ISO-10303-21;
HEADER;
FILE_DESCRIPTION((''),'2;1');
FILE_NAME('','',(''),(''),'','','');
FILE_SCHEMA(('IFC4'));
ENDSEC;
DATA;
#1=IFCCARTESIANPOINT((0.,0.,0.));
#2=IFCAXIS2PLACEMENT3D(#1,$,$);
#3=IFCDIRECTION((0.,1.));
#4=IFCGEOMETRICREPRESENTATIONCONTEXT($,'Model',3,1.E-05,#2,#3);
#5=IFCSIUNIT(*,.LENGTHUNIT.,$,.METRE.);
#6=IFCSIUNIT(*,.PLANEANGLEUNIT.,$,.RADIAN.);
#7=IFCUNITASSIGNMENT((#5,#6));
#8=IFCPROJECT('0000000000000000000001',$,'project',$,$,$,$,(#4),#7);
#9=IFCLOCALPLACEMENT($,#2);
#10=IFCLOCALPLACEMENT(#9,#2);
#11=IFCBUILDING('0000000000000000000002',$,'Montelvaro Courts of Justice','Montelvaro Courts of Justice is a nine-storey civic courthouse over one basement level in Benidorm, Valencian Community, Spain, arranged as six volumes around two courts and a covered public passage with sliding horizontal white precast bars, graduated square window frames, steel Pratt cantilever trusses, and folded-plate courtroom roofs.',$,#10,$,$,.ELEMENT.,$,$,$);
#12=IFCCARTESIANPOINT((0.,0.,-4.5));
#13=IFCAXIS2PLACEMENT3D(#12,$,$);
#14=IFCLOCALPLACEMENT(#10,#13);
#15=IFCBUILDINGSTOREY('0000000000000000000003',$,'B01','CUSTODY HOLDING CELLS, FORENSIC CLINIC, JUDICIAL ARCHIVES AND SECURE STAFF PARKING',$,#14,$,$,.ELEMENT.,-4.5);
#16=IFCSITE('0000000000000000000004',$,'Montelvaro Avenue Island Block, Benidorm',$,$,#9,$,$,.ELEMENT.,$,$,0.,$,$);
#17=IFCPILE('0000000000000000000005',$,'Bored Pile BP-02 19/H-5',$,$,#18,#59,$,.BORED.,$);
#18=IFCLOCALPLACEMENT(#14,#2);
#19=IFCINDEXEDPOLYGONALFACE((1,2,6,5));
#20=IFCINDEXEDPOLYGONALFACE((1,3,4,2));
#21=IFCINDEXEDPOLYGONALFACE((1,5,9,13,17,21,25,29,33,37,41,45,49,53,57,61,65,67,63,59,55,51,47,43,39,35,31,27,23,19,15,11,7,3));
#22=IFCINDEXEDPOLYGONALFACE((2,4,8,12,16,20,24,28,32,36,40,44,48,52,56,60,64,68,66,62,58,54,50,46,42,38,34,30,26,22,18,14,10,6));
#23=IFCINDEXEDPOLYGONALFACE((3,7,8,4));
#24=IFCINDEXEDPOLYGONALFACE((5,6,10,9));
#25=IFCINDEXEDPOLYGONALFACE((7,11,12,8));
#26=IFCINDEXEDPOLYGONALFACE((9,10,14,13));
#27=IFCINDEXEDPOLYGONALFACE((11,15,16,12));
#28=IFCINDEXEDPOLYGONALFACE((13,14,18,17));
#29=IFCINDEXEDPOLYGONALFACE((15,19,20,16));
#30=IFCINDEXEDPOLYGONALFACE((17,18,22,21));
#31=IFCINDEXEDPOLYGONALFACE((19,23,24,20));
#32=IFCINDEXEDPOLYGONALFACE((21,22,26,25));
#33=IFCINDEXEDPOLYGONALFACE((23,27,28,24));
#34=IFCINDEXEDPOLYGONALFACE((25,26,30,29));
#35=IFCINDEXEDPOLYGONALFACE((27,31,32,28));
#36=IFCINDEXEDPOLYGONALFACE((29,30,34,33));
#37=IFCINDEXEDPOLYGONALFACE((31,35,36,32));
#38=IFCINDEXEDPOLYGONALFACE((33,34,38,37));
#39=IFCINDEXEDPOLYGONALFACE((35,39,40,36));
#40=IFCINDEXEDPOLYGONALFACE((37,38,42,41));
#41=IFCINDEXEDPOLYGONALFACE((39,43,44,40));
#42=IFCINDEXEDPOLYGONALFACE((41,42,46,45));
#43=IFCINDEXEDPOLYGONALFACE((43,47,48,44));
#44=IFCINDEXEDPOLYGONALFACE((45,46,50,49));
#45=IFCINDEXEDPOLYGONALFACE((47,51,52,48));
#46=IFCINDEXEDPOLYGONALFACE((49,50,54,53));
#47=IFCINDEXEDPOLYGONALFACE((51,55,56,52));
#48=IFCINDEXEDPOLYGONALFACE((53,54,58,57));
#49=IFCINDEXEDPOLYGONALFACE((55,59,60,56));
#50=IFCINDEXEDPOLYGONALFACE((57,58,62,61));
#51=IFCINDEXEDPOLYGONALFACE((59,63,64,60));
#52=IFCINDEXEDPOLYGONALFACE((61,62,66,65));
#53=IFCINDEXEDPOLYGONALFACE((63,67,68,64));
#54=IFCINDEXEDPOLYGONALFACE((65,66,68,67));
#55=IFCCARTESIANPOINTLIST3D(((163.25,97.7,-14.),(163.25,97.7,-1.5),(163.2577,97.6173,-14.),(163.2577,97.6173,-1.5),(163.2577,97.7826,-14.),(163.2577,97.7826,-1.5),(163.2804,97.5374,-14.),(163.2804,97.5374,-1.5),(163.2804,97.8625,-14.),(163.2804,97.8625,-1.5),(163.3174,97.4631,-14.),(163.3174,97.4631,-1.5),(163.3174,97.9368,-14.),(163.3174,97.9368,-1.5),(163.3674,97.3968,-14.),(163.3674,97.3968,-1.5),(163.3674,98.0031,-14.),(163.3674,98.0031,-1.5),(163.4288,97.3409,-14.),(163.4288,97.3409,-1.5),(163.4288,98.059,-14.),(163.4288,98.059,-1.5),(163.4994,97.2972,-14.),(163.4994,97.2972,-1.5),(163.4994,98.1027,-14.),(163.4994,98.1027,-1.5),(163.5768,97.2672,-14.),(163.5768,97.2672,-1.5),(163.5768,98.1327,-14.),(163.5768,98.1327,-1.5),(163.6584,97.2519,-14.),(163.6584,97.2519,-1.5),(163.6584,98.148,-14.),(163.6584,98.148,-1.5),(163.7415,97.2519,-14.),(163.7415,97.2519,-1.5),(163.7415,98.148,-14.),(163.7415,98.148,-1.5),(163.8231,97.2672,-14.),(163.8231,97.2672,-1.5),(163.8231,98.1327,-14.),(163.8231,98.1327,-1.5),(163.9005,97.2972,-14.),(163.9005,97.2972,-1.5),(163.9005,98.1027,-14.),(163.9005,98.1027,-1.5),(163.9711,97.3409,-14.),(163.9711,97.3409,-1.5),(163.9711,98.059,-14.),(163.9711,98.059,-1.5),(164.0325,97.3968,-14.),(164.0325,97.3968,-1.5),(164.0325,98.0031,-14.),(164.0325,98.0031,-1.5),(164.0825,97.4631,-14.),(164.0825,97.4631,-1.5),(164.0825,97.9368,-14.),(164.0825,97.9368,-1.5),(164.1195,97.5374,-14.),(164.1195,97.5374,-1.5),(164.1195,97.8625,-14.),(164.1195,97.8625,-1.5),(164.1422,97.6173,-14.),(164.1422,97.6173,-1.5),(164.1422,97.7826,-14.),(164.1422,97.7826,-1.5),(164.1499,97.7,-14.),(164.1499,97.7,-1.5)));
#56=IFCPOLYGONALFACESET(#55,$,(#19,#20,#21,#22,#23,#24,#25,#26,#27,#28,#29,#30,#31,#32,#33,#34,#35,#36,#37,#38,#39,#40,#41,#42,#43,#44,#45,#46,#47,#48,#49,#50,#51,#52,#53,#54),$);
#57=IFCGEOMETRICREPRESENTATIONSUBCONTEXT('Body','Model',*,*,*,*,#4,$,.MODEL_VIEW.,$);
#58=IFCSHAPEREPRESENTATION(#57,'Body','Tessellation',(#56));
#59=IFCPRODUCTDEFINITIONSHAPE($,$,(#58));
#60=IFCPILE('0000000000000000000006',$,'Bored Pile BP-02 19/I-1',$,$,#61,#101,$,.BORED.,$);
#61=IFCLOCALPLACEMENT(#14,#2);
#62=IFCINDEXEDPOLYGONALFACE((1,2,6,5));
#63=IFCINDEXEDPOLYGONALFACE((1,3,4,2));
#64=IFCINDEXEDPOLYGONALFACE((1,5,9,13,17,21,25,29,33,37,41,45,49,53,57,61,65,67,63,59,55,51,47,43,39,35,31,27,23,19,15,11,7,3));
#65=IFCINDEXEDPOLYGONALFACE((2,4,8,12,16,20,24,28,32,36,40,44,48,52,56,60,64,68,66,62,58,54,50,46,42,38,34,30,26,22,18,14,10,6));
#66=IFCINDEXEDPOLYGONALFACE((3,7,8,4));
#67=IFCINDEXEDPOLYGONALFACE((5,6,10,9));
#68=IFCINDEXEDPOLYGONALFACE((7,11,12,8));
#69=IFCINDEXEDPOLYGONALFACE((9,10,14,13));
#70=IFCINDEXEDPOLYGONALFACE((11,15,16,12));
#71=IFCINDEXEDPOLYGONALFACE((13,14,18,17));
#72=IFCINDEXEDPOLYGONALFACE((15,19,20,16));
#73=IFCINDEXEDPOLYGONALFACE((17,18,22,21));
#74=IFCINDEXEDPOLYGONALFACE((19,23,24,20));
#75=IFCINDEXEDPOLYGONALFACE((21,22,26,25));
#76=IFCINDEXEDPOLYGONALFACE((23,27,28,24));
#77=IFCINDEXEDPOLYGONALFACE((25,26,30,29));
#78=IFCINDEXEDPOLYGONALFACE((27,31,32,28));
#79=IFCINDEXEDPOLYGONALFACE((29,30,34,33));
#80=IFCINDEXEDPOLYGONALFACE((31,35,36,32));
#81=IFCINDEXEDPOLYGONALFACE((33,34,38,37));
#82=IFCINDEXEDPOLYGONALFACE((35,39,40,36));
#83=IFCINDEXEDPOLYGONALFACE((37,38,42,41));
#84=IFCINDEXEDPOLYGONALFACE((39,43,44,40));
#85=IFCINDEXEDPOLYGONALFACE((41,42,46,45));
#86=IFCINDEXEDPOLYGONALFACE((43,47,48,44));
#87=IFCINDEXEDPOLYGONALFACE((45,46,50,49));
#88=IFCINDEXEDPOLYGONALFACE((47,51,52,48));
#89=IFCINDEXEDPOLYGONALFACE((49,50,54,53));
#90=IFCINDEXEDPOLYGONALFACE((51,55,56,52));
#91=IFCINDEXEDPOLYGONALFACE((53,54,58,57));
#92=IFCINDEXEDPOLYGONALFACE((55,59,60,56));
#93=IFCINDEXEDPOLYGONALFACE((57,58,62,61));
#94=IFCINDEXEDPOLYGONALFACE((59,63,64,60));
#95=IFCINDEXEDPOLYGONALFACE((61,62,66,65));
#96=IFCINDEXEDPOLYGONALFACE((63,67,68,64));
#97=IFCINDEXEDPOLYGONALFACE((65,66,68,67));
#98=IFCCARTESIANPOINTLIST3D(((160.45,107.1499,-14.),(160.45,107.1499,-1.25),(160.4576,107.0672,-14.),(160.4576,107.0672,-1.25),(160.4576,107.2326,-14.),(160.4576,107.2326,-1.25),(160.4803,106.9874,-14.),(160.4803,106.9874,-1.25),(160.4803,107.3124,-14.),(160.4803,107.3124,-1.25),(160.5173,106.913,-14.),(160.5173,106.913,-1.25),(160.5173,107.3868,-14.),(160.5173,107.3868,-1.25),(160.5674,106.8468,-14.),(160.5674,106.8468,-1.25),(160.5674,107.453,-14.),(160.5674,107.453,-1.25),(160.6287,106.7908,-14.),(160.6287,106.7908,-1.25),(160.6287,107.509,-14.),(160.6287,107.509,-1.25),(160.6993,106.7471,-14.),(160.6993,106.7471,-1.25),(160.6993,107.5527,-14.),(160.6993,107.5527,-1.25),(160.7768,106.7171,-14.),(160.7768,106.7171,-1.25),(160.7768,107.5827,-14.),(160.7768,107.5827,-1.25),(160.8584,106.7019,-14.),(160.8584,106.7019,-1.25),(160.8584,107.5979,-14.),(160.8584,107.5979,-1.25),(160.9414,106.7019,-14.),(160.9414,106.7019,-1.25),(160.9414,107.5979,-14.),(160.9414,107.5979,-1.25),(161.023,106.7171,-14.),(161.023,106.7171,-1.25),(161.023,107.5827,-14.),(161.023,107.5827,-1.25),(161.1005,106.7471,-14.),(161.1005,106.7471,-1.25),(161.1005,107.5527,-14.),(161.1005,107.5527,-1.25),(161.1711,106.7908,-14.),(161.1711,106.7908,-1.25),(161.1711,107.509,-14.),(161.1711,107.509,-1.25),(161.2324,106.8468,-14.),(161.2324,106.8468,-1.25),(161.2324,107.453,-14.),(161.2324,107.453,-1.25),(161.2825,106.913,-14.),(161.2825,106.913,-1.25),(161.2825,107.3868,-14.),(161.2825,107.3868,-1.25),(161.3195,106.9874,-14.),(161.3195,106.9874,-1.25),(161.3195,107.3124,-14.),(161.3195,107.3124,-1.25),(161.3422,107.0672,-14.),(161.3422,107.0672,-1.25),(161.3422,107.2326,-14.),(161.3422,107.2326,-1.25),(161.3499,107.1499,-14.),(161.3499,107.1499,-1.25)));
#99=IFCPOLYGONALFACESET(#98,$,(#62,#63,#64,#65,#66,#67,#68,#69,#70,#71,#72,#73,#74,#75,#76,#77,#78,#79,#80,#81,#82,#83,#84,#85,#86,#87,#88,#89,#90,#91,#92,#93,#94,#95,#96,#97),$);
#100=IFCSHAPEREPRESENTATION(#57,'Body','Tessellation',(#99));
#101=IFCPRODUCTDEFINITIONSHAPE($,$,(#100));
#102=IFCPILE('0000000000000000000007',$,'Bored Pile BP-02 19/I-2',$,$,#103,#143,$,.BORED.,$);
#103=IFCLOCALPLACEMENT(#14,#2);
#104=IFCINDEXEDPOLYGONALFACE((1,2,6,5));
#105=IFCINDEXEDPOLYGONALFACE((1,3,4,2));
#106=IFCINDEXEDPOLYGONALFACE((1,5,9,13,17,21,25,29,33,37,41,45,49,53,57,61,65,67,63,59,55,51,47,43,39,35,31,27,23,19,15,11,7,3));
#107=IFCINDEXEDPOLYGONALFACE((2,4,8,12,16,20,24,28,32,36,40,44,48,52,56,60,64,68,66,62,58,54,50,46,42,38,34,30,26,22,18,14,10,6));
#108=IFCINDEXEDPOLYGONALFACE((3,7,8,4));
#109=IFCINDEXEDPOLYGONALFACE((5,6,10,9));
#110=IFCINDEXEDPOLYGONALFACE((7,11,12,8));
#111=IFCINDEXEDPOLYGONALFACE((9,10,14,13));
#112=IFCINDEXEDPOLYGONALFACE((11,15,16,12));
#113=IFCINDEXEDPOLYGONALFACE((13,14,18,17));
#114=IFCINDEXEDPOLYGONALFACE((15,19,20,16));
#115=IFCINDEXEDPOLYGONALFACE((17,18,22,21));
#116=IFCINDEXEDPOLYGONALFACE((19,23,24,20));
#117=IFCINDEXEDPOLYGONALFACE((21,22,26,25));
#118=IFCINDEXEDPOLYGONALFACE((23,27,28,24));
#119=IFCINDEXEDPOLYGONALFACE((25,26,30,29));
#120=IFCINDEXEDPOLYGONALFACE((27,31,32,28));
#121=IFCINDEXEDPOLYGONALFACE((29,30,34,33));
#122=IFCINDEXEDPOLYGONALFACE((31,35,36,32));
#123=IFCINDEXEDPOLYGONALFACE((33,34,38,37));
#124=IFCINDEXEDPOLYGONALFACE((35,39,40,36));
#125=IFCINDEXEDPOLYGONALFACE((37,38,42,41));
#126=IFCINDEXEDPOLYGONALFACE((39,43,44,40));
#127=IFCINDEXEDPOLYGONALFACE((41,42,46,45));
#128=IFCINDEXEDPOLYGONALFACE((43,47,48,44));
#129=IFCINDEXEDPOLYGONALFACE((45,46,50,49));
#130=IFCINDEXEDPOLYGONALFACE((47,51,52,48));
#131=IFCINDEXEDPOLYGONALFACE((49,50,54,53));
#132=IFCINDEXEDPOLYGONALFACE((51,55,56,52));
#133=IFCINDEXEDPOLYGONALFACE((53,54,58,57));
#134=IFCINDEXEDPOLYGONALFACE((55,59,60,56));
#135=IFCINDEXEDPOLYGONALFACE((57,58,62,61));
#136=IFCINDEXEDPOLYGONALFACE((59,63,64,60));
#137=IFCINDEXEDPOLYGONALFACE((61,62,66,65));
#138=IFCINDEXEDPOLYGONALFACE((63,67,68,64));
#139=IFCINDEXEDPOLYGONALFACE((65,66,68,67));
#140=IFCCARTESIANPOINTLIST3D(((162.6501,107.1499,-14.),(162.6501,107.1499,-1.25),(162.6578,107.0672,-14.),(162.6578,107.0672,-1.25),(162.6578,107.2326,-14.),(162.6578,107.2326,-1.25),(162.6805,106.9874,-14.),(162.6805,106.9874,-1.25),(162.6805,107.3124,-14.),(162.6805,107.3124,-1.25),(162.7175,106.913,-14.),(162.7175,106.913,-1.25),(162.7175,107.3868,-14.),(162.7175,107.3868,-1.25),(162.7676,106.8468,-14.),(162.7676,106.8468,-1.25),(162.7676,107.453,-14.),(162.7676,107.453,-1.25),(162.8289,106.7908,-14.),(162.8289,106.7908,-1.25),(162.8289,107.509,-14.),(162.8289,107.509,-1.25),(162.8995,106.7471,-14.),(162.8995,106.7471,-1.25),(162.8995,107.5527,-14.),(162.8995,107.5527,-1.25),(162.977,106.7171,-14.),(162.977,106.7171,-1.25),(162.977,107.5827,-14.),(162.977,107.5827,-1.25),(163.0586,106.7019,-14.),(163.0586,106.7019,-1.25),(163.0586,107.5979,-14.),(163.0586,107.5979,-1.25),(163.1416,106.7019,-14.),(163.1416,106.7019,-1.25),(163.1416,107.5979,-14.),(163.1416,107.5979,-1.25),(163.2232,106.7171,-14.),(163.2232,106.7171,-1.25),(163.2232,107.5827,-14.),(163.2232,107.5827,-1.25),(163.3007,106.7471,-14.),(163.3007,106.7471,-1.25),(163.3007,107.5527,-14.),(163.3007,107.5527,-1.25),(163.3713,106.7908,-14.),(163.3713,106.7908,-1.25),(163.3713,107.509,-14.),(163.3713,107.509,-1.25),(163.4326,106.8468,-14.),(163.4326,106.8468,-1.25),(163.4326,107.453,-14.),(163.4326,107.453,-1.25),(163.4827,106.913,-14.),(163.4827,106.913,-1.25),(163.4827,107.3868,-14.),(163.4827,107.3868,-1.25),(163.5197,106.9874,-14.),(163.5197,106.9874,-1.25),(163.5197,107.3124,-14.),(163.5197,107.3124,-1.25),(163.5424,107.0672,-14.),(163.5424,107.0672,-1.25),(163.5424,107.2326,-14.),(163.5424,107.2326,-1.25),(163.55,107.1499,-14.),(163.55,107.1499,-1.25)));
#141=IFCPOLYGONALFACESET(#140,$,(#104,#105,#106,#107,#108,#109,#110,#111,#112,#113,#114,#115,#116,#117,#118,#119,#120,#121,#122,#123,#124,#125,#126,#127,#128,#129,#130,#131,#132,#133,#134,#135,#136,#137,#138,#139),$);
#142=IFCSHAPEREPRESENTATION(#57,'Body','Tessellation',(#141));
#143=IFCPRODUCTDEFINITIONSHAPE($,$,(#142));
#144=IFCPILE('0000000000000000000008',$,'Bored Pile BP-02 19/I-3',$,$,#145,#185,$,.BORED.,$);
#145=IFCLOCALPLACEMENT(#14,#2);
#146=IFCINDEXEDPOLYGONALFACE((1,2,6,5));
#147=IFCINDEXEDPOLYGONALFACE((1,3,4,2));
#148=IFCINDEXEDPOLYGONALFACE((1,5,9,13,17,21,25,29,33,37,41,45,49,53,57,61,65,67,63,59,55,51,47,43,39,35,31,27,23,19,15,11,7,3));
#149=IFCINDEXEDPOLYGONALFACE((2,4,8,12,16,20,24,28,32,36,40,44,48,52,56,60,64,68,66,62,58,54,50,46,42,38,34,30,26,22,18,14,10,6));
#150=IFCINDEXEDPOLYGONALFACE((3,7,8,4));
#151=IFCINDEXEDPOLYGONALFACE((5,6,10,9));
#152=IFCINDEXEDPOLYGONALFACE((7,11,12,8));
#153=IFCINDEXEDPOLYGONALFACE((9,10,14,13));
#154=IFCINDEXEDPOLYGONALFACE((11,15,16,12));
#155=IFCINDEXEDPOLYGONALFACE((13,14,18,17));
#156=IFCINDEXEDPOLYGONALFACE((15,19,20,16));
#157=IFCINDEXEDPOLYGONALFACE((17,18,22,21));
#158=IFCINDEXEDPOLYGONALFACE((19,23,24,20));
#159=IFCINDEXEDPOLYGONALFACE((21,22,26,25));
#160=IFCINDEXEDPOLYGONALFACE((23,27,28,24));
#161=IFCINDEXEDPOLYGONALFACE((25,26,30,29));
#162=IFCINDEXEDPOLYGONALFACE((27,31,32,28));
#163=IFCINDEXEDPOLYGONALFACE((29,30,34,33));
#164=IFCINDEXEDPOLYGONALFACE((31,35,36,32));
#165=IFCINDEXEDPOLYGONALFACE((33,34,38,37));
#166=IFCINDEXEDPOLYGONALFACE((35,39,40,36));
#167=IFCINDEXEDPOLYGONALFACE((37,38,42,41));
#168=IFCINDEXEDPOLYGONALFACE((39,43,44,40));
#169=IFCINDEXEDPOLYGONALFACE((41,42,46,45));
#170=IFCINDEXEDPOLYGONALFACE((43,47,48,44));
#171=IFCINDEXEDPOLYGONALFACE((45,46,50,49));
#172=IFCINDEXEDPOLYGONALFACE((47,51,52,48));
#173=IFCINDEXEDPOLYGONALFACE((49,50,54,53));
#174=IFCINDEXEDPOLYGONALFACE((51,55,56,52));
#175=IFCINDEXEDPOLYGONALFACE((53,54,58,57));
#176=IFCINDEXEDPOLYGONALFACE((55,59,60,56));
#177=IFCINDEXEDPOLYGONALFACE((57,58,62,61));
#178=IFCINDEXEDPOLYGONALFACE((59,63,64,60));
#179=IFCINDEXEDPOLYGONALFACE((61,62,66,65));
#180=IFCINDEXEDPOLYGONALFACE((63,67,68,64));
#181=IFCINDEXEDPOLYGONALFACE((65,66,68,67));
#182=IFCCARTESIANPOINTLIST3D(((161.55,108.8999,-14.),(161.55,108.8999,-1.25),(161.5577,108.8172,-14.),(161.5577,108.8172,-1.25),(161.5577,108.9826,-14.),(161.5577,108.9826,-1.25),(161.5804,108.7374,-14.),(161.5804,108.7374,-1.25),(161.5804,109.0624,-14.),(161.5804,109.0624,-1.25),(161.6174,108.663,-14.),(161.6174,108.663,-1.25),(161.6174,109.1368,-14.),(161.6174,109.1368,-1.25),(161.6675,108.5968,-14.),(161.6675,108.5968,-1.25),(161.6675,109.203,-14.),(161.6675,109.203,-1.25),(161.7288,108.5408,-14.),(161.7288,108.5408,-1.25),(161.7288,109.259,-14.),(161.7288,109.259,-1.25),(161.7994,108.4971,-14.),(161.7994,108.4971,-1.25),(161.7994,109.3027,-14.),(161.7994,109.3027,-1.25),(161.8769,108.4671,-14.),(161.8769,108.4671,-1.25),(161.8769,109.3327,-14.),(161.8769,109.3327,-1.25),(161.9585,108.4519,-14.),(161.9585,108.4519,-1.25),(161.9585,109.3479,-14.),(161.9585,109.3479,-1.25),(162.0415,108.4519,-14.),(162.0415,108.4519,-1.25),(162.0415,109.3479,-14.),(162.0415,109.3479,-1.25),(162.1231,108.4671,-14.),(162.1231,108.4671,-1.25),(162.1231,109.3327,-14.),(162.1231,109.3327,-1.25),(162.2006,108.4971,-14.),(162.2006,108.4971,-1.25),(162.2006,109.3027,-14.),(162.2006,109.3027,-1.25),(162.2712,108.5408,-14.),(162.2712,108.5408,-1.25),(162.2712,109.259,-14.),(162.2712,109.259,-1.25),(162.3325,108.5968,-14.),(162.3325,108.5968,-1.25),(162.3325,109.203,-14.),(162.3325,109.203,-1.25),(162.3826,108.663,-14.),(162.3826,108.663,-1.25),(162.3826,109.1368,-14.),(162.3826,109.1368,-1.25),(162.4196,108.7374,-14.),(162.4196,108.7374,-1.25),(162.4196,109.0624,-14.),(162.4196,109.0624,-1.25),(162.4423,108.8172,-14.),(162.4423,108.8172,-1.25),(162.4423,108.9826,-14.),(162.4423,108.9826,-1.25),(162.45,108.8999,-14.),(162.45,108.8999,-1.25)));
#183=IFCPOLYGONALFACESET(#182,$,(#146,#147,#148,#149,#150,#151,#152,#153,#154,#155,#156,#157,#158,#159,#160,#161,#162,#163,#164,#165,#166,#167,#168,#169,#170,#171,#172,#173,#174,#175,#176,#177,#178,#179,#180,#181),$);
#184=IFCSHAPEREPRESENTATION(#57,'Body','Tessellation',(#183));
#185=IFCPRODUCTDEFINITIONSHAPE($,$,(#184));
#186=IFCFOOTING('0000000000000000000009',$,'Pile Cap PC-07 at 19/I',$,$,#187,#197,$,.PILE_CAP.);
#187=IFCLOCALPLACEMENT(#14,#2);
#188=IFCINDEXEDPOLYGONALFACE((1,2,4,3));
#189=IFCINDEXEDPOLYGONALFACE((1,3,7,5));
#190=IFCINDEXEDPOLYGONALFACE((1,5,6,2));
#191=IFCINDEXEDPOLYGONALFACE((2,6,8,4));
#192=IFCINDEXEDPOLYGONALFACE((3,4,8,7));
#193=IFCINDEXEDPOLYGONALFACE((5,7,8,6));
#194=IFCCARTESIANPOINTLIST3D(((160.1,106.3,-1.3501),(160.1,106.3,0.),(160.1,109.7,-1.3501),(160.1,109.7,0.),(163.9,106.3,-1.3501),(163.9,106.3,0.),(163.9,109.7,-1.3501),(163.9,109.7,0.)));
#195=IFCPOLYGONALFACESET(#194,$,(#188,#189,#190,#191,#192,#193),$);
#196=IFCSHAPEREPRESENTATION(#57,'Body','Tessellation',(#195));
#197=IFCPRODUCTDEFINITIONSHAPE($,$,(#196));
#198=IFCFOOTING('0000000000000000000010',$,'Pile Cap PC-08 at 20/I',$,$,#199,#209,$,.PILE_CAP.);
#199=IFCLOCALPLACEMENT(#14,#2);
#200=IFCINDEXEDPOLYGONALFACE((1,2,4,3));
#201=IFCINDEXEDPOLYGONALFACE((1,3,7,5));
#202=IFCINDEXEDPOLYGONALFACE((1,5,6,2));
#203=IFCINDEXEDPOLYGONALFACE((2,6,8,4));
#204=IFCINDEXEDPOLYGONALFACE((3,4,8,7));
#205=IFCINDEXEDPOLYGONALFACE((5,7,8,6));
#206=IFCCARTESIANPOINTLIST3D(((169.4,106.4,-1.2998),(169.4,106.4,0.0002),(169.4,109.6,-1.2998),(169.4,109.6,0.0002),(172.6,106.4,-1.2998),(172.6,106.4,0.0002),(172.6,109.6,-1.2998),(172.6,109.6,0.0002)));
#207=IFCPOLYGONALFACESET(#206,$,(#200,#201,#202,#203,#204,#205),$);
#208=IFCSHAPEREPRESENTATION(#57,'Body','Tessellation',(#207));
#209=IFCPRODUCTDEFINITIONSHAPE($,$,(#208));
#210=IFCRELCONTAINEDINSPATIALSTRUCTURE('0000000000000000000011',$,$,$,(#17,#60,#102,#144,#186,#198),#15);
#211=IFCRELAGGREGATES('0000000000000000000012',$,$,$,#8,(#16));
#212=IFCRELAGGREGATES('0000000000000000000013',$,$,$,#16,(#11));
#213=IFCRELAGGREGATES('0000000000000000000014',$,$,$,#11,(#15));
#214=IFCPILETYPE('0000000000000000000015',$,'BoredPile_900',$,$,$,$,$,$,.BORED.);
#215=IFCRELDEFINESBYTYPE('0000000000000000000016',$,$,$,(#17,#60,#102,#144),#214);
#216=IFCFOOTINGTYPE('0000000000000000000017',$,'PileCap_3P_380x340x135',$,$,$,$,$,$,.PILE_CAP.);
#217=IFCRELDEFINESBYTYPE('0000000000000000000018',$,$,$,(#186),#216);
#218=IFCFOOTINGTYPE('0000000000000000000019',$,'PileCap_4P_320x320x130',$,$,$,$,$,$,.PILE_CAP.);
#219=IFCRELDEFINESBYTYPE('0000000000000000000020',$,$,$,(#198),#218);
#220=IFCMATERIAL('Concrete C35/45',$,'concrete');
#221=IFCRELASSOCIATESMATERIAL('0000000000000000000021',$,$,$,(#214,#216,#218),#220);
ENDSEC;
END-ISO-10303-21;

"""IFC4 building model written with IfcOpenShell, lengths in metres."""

from ifc_helpers import new_model, si_unit, direction, frame, origin, origin_2d, place, context, subcontext, project, spatial, rectangle, circle, extrude, material, material_profile, profile_set, type_object, element, save


model = new_model("IFC4")

# Units and contexts
model_context = context("Model", 3, precision=1e-05, world=origin(), true_north=direction((0.0, 1.0)))
body_context = subcontext(model_context, "Body", "Model", "MODEL_VIEW")
ifc_project = project(units=[si_unit("LENGTHUNIT", "METRE"), si_unit("PLANEANGLEUNIT", "RADIAN")], contexts=[model_context])

# Site, building, storey
site_placement = place(None, origin())
site = spatial("IfcSite", under=ifc_project, at=site_placement, Name="Montelvaro Avenue Island Block, Benidorm", CompositionType="ELEMENT", RefElevation=0.0)
building_placement = place(site_placement, origin())
building = spatial("IfcBuilding", under=site, at=building_placement, Name="Montelvaro Courts of Justice", Description="Montelvaro Courts of Justice is a nine-storey civic courthouse over one basement level in Benidorm, Valencian Community, Spain, arranged as six volumes around two courts and a covered public passage with sliding horizontal white precast bars, graduated square window frames, steel Pratt cantilever trusses, and folded-plate courtroom roofs.", CompositionType="ELEMENT")
storey_placement = place(building_placement, frame((0.0, 0.0, -4.5)))
storey = spatial("IfcBuildingStorey", under=building, at=storey_placement, Name="B01", Description="CUSTODY HOLDING CELLS, FORENSIC CLINIC, JUDICIAL ARCHIVES AND SECURE STAFF PARKING", CompositionType="ELEMENT", Elevation=-4.5)

# Piles
ifc_material_1 = material(Name="Concrete C35/45", Category="concrete")
ifc_material_profile_1 = material_profile(ifc_material_1, circle(Radius=0.45, at=origin_2d()), Name="BORED PILE D900")
ifc_profile_set_1 = profile_set([ifc_material_profile_1], Name="Concrete C35/45")
pile_type_1 = type_object("IfcPileType", Name="BoredPile_900", PredefinedType="BORED", material=ifc_profile_set_1)
for number, where, z_axis, x_axis, name in (
    (1, (163.7, 97.7, -1.5), (0.0, 0.0, -1.0), (1.0, 0.0, 0.0), "Bored Pile BP-02 19/H-5"),
):
    element("IfcPile", number, at=place(storey_placement, frame(where, z_axis=z_axis, x_axis=x_axis)), inside=storey, type_object=pile_type_1, Name=name, PredefinedType="BORED", context=body_context, shape_type="SweptSolid", body=[
        extrude(circle(Radius=0.45, at=origin_2d()), origin(), (0.0, 0.0, 1.0), 12.5),
    ])
for number, where, z_axis, x_axis, name in (
    (2, (160.8999, 107.1499, -1.25), (0.0, 0.0, -1.0), (1.0, 0.0, 0.0), "Bored Pile BP-02 19/I-1"),
    (3, (163.1001, 107.1499, -1.25), (0.0, 0.0, -1.0), (1.0, 0.0, 0.0), "Bored Pile BP-02 19/I-2"),
    (4, (162.0, 108.8999, -1.25), (0.0, 0.0, -1.0), (1.0, 0.0, 0.0), "Bored Pile BP-02 19/I-3"),
):
    element("IfcPile", number, at=place(storey_placement, frame(where, z_axis=z_axis, x_axis=x_axis)), inside=storey, type_object=pile_type_1, Name=name, PredefinedType="BORED", context=body_context, shape_type="SweptSolid", body=[
        extrude(circle(Radius=0.45, at=origin_2d()), origin(), (0.0, 0.0, 1.0), 12.75),
    ])

# Footings
footing_type_1 = type_object("IfcFootingType", Name="PileCap_3P_380x340x135", PredefinedType="PILE_CAP", material=ifc_material_1)
footing_1_placement = place(storey_placement, frame((162.0, 108.0, -1.3501), z_axis=(0.0, 0.0, 1.0), x_axis=(1.0, 0.0, 0.0)))
element("IfcFooting", 5, at=footing_1_placement, inside=storey, type_object=footing_type_1, Name="Pile Cap PC-07 at 19/I", PredefinedType="PILE_CAP", context=body_context, shape_type="SweptSolid", body=[
    extrude(rectangle(XDim=3.8, YDim=3.3999, at=origin_2d()), origin(), (0.0, 0.0, 1.0), 1.3501),
])
footing_type_2 = type_object("IfcFootingType", Name="PileCap_4P_320x320x130", PredefinedType="PILE_CAP", material=ifc_material_1)
footing_2_placement = place(storey_placement, frame((171.0, 108.0, -1.2998), z_axis=(0.0, 0.0, 1.0), x_axis=(1.0, 0.0, 0.0)))
element("IfcFooting", 6, at=footing_2_placement, inside=storey, type_object=footing_type_2, Name="Pile Cap PC-08 at 20/I", PredefinedType="PILE_CAP", context=body_context, shape_type="SweptSolid", body=[
    extrude(rectangle(XDim=3.2, YDim=3.2, at=origin_2d()), origin(), (0.0, 0.0, 1.0), 1.3),
])

save(model, "model.ifc")
